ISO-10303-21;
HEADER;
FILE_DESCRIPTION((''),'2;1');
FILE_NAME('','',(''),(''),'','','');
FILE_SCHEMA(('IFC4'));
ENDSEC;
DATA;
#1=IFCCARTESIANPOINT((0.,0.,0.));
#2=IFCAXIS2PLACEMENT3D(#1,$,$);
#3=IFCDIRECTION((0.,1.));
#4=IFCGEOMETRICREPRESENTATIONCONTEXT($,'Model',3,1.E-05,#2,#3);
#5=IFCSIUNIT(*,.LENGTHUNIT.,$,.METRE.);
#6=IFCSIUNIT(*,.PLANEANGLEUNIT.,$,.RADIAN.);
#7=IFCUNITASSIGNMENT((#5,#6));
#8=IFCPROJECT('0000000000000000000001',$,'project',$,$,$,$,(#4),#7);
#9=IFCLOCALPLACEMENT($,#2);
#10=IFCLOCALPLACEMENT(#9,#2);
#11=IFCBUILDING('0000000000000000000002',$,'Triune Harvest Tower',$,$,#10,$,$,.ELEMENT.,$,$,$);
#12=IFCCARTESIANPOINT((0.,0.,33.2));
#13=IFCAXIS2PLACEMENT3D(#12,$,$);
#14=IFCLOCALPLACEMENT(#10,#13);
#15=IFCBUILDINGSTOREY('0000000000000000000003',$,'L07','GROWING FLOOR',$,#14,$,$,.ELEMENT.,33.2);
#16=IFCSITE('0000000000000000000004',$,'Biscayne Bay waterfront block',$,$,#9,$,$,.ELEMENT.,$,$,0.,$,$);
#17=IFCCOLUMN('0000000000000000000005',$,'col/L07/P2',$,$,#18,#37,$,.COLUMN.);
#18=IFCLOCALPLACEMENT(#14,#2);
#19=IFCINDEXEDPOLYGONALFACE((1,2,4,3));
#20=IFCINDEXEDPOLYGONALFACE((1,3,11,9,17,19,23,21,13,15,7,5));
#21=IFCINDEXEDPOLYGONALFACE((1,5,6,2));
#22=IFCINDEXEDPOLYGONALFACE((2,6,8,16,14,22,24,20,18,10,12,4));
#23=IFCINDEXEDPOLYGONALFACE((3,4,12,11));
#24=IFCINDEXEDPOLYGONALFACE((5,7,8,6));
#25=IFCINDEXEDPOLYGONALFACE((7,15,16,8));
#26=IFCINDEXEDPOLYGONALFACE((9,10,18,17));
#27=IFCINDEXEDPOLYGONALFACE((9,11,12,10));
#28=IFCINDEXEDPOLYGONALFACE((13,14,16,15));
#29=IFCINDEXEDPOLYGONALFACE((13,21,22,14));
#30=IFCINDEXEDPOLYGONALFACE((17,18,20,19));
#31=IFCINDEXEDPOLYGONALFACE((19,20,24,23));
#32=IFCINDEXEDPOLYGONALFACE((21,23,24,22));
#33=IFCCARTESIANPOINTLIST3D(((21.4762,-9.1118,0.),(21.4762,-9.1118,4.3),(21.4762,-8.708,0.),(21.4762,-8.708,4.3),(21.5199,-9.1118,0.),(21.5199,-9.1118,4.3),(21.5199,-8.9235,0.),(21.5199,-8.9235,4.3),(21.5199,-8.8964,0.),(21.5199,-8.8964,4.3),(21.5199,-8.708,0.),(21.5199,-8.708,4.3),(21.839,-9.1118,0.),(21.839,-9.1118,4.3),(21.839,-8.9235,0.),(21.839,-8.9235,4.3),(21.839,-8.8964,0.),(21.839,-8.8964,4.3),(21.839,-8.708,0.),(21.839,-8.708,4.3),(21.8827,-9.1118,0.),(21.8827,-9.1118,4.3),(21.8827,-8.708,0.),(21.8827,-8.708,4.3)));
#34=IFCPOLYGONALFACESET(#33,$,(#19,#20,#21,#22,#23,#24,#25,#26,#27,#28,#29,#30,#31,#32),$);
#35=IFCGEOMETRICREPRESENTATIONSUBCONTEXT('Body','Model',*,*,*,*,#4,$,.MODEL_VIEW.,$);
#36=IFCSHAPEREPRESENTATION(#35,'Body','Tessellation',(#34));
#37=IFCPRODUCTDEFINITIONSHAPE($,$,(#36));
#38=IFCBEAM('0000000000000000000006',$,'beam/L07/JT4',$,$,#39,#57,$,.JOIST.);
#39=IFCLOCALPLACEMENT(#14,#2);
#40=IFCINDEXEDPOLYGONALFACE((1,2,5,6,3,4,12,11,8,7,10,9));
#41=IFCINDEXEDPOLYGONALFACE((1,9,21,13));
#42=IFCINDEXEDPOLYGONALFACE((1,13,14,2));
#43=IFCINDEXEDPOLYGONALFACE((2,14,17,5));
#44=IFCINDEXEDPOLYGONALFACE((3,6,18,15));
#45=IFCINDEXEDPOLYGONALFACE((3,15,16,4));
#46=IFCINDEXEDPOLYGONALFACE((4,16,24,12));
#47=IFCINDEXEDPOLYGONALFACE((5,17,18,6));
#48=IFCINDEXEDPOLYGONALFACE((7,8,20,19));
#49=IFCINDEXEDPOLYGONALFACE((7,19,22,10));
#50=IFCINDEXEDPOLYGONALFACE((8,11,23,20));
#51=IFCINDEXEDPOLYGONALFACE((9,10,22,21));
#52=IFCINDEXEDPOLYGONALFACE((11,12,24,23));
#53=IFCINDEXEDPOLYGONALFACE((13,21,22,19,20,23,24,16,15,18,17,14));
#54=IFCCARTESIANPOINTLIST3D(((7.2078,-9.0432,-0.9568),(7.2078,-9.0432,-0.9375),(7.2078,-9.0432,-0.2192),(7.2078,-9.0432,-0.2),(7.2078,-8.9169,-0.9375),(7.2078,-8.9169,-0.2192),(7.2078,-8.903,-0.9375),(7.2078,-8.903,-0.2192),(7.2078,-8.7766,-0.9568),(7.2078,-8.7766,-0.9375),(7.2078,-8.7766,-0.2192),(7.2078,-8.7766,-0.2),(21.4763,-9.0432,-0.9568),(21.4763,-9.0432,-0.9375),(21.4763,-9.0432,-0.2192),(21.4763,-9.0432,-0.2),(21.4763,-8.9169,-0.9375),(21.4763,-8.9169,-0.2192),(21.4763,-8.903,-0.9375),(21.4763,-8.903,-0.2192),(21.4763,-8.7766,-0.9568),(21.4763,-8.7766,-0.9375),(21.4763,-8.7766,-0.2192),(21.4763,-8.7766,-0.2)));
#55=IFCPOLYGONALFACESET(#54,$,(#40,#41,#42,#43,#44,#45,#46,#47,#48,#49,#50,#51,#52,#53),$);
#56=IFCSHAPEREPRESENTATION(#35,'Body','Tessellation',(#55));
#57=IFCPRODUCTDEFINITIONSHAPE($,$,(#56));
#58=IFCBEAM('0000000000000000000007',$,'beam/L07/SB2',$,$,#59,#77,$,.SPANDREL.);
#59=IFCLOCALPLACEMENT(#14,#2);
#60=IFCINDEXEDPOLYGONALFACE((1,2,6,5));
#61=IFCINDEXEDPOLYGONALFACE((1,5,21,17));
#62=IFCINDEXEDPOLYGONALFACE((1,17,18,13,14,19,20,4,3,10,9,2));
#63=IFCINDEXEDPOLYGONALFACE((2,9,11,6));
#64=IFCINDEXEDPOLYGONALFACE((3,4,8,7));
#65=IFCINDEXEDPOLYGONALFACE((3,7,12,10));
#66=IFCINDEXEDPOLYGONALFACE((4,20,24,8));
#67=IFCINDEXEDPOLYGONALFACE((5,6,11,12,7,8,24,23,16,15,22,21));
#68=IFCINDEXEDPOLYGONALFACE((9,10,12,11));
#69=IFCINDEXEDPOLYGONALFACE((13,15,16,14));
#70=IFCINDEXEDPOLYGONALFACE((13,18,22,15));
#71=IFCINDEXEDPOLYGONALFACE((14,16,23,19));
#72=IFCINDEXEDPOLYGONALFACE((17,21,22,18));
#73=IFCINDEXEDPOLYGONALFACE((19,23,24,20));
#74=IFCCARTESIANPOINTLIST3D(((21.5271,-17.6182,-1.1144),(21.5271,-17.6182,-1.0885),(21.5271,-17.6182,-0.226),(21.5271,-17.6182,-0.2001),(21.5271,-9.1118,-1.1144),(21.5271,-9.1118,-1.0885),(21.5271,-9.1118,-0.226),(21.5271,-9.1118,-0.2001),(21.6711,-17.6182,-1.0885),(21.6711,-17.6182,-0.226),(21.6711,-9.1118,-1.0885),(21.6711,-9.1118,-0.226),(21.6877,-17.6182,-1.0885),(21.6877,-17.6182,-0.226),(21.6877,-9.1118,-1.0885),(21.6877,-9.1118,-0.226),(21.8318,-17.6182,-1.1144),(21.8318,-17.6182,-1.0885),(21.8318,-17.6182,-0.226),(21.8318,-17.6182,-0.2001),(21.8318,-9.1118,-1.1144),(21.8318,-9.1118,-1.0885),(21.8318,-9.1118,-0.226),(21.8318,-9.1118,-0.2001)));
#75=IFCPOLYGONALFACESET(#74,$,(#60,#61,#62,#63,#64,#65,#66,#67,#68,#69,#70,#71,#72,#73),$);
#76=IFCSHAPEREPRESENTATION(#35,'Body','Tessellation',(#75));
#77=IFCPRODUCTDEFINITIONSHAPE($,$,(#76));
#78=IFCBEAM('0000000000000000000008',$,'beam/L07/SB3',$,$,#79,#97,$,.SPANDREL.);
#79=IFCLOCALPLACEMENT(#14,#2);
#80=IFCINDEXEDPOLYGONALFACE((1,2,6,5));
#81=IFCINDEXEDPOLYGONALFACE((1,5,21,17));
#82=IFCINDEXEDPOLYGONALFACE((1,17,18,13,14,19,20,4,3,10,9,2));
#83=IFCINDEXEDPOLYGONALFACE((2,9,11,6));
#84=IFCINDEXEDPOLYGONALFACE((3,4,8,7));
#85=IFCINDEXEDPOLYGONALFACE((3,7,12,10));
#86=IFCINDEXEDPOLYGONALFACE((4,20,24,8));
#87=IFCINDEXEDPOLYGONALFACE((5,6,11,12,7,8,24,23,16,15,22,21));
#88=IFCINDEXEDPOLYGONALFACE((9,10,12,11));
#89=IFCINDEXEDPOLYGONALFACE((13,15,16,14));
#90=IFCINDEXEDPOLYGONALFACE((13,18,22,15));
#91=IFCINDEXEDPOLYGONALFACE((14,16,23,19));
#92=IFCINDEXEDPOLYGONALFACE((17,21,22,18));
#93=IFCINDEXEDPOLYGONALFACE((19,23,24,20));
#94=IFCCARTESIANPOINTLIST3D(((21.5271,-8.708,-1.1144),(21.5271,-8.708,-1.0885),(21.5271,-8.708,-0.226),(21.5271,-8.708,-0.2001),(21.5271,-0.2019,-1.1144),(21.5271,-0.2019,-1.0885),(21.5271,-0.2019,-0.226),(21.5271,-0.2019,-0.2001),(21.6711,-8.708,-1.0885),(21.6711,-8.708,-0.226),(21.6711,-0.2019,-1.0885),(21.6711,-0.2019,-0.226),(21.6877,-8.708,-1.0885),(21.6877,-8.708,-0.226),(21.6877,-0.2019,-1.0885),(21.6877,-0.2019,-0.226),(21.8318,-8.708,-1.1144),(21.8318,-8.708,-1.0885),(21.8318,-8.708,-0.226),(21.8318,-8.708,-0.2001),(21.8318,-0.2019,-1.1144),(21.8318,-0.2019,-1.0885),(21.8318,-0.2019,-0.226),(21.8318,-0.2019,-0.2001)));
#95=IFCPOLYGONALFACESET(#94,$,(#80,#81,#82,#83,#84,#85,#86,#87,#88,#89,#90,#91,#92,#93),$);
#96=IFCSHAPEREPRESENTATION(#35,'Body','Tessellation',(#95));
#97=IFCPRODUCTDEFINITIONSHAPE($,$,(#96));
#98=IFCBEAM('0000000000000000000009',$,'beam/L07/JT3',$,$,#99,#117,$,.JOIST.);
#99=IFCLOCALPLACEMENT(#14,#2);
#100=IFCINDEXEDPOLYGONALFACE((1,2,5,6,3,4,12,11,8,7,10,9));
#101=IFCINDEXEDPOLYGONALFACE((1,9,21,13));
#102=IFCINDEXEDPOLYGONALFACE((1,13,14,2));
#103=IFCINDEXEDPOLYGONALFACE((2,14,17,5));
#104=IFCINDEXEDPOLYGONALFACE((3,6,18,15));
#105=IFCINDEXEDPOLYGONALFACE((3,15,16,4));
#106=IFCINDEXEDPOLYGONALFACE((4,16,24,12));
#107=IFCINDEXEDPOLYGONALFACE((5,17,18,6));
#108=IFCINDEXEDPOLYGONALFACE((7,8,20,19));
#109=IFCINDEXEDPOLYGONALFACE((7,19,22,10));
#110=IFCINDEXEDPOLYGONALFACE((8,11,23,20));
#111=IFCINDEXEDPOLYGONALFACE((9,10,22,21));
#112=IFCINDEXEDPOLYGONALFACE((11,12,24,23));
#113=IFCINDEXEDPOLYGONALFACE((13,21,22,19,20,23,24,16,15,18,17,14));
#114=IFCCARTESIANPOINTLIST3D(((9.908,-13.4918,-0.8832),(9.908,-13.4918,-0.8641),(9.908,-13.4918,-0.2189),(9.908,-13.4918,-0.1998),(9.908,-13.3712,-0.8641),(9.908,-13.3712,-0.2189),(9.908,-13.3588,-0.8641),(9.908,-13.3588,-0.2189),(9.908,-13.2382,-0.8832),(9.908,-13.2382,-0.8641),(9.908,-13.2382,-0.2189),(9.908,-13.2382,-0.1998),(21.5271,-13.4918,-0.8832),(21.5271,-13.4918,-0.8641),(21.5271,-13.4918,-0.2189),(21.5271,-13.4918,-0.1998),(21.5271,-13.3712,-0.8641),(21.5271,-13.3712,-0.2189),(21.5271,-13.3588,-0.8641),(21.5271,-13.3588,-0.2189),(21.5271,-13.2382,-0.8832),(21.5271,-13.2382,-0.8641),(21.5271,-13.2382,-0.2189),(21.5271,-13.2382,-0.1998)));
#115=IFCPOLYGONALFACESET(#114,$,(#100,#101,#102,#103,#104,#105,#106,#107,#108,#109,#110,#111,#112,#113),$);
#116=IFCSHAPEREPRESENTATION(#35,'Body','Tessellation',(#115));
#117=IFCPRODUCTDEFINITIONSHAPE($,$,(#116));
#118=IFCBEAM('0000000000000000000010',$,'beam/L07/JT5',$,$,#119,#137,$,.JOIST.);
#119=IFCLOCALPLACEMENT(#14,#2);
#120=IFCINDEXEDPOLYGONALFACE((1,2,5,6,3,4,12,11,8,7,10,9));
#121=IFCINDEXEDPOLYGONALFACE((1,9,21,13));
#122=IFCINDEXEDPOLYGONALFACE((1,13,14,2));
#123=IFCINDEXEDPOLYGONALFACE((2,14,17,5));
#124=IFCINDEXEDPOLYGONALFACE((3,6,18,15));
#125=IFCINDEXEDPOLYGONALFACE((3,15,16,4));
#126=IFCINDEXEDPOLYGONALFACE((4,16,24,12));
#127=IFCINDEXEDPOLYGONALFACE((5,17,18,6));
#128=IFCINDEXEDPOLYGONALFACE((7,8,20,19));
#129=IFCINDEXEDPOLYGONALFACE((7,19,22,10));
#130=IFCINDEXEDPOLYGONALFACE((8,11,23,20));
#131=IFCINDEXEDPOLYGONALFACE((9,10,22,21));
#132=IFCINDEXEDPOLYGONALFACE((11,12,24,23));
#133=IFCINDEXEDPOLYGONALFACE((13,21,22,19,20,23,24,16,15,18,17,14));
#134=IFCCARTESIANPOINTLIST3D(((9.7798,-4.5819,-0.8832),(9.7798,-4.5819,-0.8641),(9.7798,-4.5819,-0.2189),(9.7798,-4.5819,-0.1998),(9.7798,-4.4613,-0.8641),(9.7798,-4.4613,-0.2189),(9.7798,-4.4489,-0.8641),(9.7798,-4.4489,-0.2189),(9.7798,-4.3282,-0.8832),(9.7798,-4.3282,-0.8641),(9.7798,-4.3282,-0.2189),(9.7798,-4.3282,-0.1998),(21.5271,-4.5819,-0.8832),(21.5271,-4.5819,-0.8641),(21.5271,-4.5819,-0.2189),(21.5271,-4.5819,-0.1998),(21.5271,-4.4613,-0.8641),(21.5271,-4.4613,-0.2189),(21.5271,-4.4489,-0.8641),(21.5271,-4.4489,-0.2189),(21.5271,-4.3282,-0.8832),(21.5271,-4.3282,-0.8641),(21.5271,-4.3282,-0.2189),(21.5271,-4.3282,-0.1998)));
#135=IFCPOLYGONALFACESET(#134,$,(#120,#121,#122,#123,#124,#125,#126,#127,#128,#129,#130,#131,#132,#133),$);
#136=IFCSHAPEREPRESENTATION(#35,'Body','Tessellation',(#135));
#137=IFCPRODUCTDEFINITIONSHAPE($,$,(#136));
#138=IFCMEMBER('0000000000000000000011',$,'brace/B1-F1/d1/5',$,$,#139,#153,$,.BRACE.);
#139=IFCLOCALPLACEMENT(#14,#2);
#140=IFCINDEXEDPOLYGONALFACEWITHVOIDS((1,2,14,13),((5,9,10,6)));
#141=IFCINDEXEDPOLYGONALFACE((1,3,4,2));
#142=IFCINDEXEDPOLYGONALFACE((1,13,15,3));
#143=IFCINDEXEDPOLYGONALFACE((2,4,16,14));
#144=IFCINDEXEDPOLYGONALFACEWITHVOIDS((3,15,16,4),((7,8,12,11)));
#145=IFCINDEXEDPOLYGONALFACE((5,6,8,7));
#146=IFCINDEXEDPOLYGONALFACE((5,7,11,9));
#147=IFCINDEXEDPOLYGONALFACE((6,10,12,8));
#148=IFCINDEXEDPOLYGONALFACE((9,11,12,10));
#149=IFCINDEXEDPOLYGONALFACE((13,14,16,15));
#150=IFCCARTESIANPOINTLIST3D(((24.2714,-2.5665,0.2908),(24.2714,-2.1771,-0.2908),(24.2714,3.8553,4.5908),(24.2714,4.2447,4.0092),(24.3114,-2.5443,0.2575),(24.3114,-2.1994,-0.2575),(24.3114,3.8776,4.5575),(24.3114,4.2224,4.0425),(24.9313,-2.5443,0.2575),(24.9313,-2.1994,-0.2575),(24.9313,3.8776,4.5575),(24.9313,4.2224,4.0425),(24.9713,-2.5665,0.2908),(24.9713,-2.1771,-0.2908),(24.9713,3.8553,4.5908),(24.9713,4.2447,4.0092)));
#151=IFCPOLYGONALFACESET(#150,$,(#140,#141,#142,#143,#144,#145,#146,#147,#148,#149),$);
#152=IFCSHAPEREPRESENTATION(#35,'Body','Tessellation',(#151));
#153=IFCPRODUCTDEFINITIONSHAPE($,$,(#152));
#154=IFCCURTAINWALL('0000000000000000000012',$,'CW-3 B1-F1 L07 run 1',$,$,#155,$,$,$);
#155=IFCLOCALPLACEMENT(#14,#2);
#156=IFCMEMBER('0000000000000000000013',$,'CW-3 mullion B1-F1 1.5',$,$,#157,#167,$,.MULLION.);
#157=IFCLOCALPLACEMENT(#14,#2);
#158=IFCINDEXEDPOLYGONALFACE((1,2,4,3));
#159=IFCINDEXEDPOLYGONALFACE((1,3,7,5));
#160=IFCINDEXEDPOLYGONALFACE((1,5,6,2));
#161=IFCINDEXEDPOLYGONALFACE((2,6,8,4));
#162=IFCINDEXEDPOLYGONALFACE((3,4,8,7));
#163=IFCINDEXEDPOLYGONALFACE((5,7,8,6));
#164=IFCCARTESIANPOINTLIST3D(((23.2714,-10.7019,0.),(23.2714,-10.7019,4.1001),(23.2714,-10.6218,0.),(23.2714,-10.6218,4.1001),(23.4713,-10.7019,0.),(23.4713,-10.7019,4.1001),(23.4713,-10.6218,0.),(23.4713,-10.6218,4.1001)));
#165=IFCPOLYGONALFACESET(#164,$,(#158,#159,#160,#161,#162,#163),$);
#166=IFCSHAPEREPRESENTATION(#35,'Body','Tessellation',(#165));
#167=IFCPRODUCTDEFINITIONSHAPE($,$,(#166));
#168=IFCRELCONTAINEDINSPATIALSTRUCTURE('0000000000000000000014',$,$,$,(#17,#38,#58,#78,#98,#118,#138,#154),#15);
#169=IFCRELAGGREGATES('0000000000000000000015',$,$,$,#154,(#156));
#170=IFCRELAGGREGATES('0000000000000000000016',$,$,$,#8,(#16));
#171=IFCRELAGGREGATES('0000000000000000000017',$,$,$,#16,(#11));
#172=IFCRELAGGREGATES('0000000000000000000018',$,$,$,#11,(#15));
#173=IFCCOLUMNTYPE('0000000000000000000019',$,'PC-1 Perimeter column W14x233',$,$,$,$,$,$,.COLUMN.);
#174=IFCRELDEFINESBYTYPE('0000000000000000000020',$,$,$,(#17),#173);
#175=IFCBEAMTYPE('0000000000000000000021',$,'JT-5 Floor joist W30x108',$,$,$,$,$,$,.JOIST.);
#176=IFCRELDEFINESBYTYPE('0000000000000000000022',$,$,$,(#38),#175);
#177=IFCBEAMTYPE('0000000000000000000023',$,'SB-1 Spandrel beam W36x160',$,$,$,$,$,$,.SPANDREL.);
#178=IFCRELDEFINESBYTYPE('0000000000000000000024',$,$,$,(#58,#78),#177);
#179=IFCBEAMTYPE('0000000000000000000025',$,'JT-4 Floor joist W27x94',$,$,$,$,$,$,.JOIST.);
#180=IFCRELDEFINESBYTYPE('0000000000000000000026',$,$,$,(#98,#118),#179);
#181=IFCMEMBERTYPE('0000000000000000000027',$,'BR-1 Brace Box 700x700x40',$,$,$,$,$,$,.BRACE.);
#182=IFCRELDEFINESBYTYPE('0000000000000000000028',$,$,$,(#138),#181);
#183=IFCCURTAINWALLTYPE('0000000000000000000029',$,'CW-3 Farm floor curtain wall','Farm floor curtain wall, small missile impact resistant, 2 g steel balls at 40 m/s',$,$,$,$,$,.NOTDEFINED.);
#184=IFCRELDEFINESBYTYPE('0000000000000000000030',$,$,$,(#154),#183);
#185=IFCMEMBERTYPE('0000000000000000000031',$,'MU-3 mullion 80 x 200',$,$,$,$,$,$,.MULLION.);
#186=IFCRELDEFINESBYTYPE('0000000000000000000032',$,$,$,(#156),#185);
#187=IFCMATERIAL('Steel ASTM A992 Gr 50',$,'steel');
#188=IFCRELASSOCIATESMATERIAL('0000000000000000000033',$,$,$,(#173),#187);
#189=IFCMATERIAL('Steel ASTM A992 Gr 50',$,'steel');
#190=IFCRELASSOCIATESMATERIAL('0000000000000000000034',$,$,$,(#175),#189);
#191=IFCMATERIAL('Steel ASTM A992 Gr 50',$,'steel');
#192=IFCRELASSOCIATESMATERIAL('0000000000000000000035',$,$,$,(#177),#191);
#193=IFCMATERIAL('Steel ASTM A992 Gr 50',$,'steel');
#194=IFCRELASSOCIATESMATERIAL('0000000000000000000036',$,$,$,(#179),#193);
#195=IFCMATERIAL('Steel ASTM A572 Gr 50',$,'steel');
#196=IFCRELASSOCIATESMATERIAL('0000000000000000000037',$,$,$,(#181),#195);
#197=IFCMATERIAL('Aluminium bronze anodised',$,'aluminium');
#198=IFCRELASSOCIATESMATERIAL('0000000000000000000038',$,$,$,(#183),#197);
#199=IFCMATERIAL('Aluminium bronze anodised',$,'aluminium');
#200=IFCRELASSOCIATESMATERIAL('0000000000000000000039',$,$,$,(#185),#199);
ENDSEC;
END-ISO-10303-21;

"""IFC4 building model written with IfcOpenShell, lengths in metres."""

from ifc_helpers import new_model, si_unit, direction, frame, origin, origin_2d, place, context, subcontext, project, spatial, rectangle, hollow_rectangle, i_section, extrude, source, transform, mapped, material, material_profile, profile_set, type_object, element, aggregate, save


model = new_model("IFC4")

# Units and contexts
model_context = context("Model", 3, precision=1e-05, world=origin(), true_north=direction((0.0, 1.0)))
body_context = subcontext(model_context, "Body", "Model", "MODEL_VIEW")
ifc_project = project(units=[si_unit("LENGTHUNIT", "METRE"), si_unit("PLANEANGLEUNIT", "RADIAN")], contexts=[model_context])

# Site, building, storey
site_placement = place(None, origin())
site = spatial("IfcSite", under=ifc_project, at=site_placement, Name="Biscayne Bay waterfront block", CompositionType="ELEMENT", RefElevation=0.0)
building_placement = place(site_placement, origin())
building = spatial("IfcBuilding", under=site, at=building_placement, Name="Triune Harvest Tower", CompositionType="ELEMENT")
storey_placement = place(building_placement, frame((0.0, 0.0, 33.2)))
storey = spatial("IfcBuildingStorey", under=building, at=storey_placement, Name="L07", Description="GROWING FLOOR", CompositionType="ELEMENT", Elevation=33.2)

# Column
ifc_material_1 = material(Name="Steel ASTM A992 Gr 50", Category="steel")
ifc_material_profile_1 = material_profile(ifc_material_1, i_section(OverallWidth=0.4038, OverallDepth=0.4065, WebThickness=0.0271, FlangeThickness=0.0437, at=origin_2d()), Name="W14x233")
ifc_profile_set_1 = profile_set([ifc_material_profile_1], Name="Steel ASTM A992 Gr 50")
column_type = type_object("IfcColumnType", Name="PC-1 Perimeter column W14x233", PredefinedType="COLUMN", material=ifc_profile_set_1)
shared_shape_1 = source(origin(), body_context, "Body", "SweptSolid", [
    extrude(i_section(OverallWidth=0.4038, OverallDepth=0.4065, WebThickness=0.0271, FlangeThickness=0.0437, at=origin_2d()), origin(), (0.0, 0.0, 1.0), 4.3),
])
column_placement = place(storey_placement, frame((21.6794, -8.9099, 0.0), z_axis=(0.0, 0.0, 1.0), x_axis=(0.0, 1.0, 0.0)))
element("IfcColumn", 1, at=column_placement, inside=storey, type_object=column_type, Name="col/L07/P2", PredefinedType="COLUMN", context=body_context, shape_type="MappedRepresentation", body=[
    mapped(shared_shape_1, transform((0.0, 0.0, 0.0), scale=1.0)),
])

# Beams
ifc_material_2 = material(Name="Steel ASTM A992 Gr 50", Category="steel")
ifc_material_profile_2 = material_profile(ifc_material_2, i_section(OverallWidth=0.2666, OverallDepth=0.7568, WebThickness=0.0139, FlangeThickness=0.0193, at=origin_2d()), Name="W30x108")
ifc_profile_set_2 = profile_set([ifc_material_profile_2], Name="Steel ASTM A992 Gr 50")
beam_type_1 = type_object("IfcBeamType", Name="JT-5 Floor joist W30x108", PredefinedType="JOIST", material=ifc_profile_set_2)
shared_shape_2 = source(origin(), body_context, "Body", "SweptSolid", [
    extrude(i_section(OverallWidth=0.2666, OverallDepth=0.7568, WebThickness=0.0139, FlangeThickness=0.0193, at=origin_2d()), origin(), (0.0, 0.0, 1.0), 14.2686),
])
beam_1_placement = place(storey_placement, frame((21.4763, -8.9099, -0.5784), z_axis=(-1.0, 0.0, 0.0), x_axis=(0.0, -1.0, 0.0)))
element("IfcBeam", 2, at=beam_1_placement, inside=storey, type_object=beam_type_1, Name="beam/L07/JT4", PredefinedType="JOIST", context=body_context, shape_type="MappedRepresentation", body=[
    mapped(shared_shape_2, transform((0.0, 0.0, 0.0), scale=1.0)),
])
ifc_material_3 = material(Name="Steel ASTM A992 Gr 50", Category="steel")
ifc_material_profile_3 = material_profile(ifc_material_3, i_section(OverallWidth=0.3047, OverallDepth=0.9143, WebThickness=0.0166, FlangeThickness=0.0259, at=origin_2d()), Name="W36x160")
ifc_profile_set_3 = profile_set([ifc_material_profile_3], Name="Steel ASTM A992 Gr 50")
beam_type_2 = type_object("IfcBeamType", Name="SB-1 Spandrel beam W36x160", PredefinedType="SPANDREL", material=ifc_profile_set_3)
shared_shape_3 = source(origin(), body_context, "Body", "SweptSolid", [
    extrude(i_section(OverallWidth=0.3047, OverallDepth=0.9143, WebThickness=0.0166, FlangeThickness=0.0259, at=origin_2d()), origin(), (0.0, 0.0, 1.0), 8.5063),
])
beam_2_placement = place(storey_placement, frame((21.6794, -17.6182, -0.6572), z_axis=(0.0, 1.0, 0.0), x_axis=(-1.0, 0.0, 0.0)))
element("IfcBeam", 3, at=beam_2_placement, inside=storey, type_object=beam_type_2, Name="beam/L07/SB2", PredefinedType="SPANDREL", context=body_context, shape_type="MappedRepresentation", body=[
    mapped(shared_shape_3, transform((0.0, 0.0, 0.0), scale=1.0)),
])
shared_shape_4 = source(origin(), body_context, "Body", "SweptSolid", [
    extrude(i_section(OverallWidth=0.3047, OverallDepth=0.9143, WebThickness=0.0166, FlangeThickness=0.0259, at=origin_2d()), origin(), (0.0, 0.0, 1.0), 8.5061),
])
beam_3_placement = place(storey_placement, frame((21.6794, -8.708, -0.6572), z_axis=(0.0, 1.0, 0.0), x_axis=(-1.0, 0.0, 0.0)))
element("IfcBeam", 4, at=beam_3_placement, inside=storey, type_object=beam_type_2, Name="beam/L07/SB3", PredefinedType="SPANDREL", context=body_context, shape_type="MappedRepresentation", body=[
    mapped(shared_shape_4, transform((0.0, 0.0, 0.0), scale=1.0)),
])
ifc_material_4 = material(Name="Steel ASTM A992 Gr 50", Category="steel")
ifc_material_profile_4 = material_profile(ifc_material_4, i_section(OverallWidth=0.2537, OverallDepth=0.6833, WebThickness=0.0125, FlangeThickness=0.019, at=origin_2d()), Name="W27x94")
ifc_profile_set_4 = profile_set([ifc_material_profile_4], Name="Steel ASTM A992 Gr 50")
beam_type_3 = type_object("IfcBeamType", Name="JT-4 Floor joist W27x94", PredefinedType="JOIST", material=ifc_profile_set_4)
shared_shape_5 = source(origin(), body_context, "Body", "SweptSolid", [
    extrude(i_section(OverallWidth=0.2537, OverallDepth=0.6833, WebThickness=0.0125, FlangeThickness=0.019, at=origin_2d()), origin(), (0.0, 0.0, 1.0), 11.6191),
])
beam_4_placement = place(storey_placement, frame((21.5271, -13.365, -0.5415), z_axis=(-1.0, 0.0, 0.0), x_axis=(0.0, -1.0, 0.0)))
element("IfcBeam", 5, at=beam_4_placement, inside=storey, type_object=beam_type_3, Name="beam/L07/JT3", PredefinedType="JOIST", context=body_context, shape_type="MappedRepresentation", body=[
    mapped(shared_shape_5, transform((0.0, 0.0, 0.0), scale=1.0)),
])
shared_shape_6 = source(origin(), body_context, "Body", "SweptSolid", [
    extrude(i_section(OverallWidth=0.2537, OverallDepth=0.6833, WebThickness=0.0125, FlangeThickness=0.019, at=origin_2d()), origin(), (0.0, 0.0, 1.0), 11.7473),
])
beam_5_placement = place(storey_placement, frame((21.5271, -4.4551, -0.5415), z_axis=(-1.0, 0.0, 0.0), x_axis=(0.0, -1.0, 0.0)))
element("IfcBeam", 6, at=beam_5_placement, inside=storey, type_object=beam_type_3, Name="beam/L07/JT5", PredefinedType="JOIST", context=body_context, shape_type="MappedRepresentation", body=[
    mapped(shared_shape_6, transform((0.0, 0.0, 0.0), scale=1.0)),
])

# Member
ifc_material_5 = material(Name="Steel ASTM A572 Gr 50", Category="steel")
ifc_material_profile_5 = material_profile(ifc_material_5, hollow_rectangle(XDim=0.7, YDim=0.7, WallThickness=0.04, at=origin_2d()), Name="Box 700x700x40")
ifc_profile_set_5 = profile_set([ifc_material_profile_5], Name="Steel ASTM A572 Gr 50")
member_type_1 = type_object("IfcMemberType", Name="BR-1 Brace Box 700x700x40", PredefinedType="BRACE", material=ifc_profile_set_5)
shared_shape_7 = source(origin(), body_context, "Body", "SweptSolid", [
    extrude(hollow_rectangle(XDim=0.7, YDim=0.7, WallThickness=0.04, at=origin_2d()), origin(), (0.0, 0.0, 1.0), 7.7285),
])
member_1_placement = place(storey_placement, frame((24.6213, -2.3718, 0.0), z_axis=(0.0, 0.830926, 0.556383), x_axis=(-1.0, 0.0, 0.0)))
element("IfcMember", 7, at=member_1_placement, inside=storey, type_object=member_type_1, Name="brace/B1-F1/d1/5", PredefinedType="BRACE", context=body_context, shape_type="MappedRepresentation", body=[
    mapped(shared_shape_7, transform((0.0, 0.0, 0.0), scale=1.0)),
])

# Curtain wall, member
ifc_material_6 = material(Name="Aluminium bronze anodised", Category="aluminium")
curtain_wall_type_1 = type_object("IfcCurtainWallType", Name="CW-3 Farm floor curtain wall", Description="Farm floor curtain wall, small missile impact resistant, 2 g steel balls at 40 m/s", PredefinedType="NOTDEFINED", material=ifc_material_6)
curtain_wall_1_placement = place(storey_placement, origin())
curtain_wall_1 = element("IfcCurtainWall", 8, at=curtain_wall_1_placement, inside=storey, type_object=curtain_wall_type_1, Name="CW-3 B1-F1 L07 run 1")
ifc_material_7 = material(Name="Aluminium bronze anodised", Category="aluminium")
ifc_material_profile_6 = material_profile(ifc_material_7, rectangle(XDim=0.2, YDim=0.0801, at=origin_2d()), Name="MU-3 mullion 80 x 200")
ifc_profile_set_6 = profile_set([ifc_material_profile_6], Name="Aluminium bronze anodised")
member_type_2 = type_object("IfcMemberType", Name="MU-3 mullion 80 x 200", PredefinedType="MULLION", material=ifc_profile_set_6)
shared_shape_8 = source(origin(), body_context, "Body", "SweptSolid", [
    extrude(rectangle(XDim=0.2, YDim=0.0801, at=origin_2d()), origin(), (0.0, 0.0, 1.0), 4.1001),
])
member_2_placement = place(storey_placement, frame((23.3713, -10.6619, 0.0), z_axis=(0.0, 0.0, 1.0), x_axis=(-1.0, 0.0, 0.0)))
member_2 = element("IfcMember", 9, at=member_2_placement, type_object=member_type_2, Name="CW-3 mullion B1-F1 1.5", PredefinedType="MULLION", context=body_context, shape_type="MappedRepresentation", body=[
    mapped(shared_shape_8, transform((0.0, 0.0, 0.0), scale=1.0)),
])

aggregate(curtain_wall_1, [member_2])

save(model, "model.ifc")
